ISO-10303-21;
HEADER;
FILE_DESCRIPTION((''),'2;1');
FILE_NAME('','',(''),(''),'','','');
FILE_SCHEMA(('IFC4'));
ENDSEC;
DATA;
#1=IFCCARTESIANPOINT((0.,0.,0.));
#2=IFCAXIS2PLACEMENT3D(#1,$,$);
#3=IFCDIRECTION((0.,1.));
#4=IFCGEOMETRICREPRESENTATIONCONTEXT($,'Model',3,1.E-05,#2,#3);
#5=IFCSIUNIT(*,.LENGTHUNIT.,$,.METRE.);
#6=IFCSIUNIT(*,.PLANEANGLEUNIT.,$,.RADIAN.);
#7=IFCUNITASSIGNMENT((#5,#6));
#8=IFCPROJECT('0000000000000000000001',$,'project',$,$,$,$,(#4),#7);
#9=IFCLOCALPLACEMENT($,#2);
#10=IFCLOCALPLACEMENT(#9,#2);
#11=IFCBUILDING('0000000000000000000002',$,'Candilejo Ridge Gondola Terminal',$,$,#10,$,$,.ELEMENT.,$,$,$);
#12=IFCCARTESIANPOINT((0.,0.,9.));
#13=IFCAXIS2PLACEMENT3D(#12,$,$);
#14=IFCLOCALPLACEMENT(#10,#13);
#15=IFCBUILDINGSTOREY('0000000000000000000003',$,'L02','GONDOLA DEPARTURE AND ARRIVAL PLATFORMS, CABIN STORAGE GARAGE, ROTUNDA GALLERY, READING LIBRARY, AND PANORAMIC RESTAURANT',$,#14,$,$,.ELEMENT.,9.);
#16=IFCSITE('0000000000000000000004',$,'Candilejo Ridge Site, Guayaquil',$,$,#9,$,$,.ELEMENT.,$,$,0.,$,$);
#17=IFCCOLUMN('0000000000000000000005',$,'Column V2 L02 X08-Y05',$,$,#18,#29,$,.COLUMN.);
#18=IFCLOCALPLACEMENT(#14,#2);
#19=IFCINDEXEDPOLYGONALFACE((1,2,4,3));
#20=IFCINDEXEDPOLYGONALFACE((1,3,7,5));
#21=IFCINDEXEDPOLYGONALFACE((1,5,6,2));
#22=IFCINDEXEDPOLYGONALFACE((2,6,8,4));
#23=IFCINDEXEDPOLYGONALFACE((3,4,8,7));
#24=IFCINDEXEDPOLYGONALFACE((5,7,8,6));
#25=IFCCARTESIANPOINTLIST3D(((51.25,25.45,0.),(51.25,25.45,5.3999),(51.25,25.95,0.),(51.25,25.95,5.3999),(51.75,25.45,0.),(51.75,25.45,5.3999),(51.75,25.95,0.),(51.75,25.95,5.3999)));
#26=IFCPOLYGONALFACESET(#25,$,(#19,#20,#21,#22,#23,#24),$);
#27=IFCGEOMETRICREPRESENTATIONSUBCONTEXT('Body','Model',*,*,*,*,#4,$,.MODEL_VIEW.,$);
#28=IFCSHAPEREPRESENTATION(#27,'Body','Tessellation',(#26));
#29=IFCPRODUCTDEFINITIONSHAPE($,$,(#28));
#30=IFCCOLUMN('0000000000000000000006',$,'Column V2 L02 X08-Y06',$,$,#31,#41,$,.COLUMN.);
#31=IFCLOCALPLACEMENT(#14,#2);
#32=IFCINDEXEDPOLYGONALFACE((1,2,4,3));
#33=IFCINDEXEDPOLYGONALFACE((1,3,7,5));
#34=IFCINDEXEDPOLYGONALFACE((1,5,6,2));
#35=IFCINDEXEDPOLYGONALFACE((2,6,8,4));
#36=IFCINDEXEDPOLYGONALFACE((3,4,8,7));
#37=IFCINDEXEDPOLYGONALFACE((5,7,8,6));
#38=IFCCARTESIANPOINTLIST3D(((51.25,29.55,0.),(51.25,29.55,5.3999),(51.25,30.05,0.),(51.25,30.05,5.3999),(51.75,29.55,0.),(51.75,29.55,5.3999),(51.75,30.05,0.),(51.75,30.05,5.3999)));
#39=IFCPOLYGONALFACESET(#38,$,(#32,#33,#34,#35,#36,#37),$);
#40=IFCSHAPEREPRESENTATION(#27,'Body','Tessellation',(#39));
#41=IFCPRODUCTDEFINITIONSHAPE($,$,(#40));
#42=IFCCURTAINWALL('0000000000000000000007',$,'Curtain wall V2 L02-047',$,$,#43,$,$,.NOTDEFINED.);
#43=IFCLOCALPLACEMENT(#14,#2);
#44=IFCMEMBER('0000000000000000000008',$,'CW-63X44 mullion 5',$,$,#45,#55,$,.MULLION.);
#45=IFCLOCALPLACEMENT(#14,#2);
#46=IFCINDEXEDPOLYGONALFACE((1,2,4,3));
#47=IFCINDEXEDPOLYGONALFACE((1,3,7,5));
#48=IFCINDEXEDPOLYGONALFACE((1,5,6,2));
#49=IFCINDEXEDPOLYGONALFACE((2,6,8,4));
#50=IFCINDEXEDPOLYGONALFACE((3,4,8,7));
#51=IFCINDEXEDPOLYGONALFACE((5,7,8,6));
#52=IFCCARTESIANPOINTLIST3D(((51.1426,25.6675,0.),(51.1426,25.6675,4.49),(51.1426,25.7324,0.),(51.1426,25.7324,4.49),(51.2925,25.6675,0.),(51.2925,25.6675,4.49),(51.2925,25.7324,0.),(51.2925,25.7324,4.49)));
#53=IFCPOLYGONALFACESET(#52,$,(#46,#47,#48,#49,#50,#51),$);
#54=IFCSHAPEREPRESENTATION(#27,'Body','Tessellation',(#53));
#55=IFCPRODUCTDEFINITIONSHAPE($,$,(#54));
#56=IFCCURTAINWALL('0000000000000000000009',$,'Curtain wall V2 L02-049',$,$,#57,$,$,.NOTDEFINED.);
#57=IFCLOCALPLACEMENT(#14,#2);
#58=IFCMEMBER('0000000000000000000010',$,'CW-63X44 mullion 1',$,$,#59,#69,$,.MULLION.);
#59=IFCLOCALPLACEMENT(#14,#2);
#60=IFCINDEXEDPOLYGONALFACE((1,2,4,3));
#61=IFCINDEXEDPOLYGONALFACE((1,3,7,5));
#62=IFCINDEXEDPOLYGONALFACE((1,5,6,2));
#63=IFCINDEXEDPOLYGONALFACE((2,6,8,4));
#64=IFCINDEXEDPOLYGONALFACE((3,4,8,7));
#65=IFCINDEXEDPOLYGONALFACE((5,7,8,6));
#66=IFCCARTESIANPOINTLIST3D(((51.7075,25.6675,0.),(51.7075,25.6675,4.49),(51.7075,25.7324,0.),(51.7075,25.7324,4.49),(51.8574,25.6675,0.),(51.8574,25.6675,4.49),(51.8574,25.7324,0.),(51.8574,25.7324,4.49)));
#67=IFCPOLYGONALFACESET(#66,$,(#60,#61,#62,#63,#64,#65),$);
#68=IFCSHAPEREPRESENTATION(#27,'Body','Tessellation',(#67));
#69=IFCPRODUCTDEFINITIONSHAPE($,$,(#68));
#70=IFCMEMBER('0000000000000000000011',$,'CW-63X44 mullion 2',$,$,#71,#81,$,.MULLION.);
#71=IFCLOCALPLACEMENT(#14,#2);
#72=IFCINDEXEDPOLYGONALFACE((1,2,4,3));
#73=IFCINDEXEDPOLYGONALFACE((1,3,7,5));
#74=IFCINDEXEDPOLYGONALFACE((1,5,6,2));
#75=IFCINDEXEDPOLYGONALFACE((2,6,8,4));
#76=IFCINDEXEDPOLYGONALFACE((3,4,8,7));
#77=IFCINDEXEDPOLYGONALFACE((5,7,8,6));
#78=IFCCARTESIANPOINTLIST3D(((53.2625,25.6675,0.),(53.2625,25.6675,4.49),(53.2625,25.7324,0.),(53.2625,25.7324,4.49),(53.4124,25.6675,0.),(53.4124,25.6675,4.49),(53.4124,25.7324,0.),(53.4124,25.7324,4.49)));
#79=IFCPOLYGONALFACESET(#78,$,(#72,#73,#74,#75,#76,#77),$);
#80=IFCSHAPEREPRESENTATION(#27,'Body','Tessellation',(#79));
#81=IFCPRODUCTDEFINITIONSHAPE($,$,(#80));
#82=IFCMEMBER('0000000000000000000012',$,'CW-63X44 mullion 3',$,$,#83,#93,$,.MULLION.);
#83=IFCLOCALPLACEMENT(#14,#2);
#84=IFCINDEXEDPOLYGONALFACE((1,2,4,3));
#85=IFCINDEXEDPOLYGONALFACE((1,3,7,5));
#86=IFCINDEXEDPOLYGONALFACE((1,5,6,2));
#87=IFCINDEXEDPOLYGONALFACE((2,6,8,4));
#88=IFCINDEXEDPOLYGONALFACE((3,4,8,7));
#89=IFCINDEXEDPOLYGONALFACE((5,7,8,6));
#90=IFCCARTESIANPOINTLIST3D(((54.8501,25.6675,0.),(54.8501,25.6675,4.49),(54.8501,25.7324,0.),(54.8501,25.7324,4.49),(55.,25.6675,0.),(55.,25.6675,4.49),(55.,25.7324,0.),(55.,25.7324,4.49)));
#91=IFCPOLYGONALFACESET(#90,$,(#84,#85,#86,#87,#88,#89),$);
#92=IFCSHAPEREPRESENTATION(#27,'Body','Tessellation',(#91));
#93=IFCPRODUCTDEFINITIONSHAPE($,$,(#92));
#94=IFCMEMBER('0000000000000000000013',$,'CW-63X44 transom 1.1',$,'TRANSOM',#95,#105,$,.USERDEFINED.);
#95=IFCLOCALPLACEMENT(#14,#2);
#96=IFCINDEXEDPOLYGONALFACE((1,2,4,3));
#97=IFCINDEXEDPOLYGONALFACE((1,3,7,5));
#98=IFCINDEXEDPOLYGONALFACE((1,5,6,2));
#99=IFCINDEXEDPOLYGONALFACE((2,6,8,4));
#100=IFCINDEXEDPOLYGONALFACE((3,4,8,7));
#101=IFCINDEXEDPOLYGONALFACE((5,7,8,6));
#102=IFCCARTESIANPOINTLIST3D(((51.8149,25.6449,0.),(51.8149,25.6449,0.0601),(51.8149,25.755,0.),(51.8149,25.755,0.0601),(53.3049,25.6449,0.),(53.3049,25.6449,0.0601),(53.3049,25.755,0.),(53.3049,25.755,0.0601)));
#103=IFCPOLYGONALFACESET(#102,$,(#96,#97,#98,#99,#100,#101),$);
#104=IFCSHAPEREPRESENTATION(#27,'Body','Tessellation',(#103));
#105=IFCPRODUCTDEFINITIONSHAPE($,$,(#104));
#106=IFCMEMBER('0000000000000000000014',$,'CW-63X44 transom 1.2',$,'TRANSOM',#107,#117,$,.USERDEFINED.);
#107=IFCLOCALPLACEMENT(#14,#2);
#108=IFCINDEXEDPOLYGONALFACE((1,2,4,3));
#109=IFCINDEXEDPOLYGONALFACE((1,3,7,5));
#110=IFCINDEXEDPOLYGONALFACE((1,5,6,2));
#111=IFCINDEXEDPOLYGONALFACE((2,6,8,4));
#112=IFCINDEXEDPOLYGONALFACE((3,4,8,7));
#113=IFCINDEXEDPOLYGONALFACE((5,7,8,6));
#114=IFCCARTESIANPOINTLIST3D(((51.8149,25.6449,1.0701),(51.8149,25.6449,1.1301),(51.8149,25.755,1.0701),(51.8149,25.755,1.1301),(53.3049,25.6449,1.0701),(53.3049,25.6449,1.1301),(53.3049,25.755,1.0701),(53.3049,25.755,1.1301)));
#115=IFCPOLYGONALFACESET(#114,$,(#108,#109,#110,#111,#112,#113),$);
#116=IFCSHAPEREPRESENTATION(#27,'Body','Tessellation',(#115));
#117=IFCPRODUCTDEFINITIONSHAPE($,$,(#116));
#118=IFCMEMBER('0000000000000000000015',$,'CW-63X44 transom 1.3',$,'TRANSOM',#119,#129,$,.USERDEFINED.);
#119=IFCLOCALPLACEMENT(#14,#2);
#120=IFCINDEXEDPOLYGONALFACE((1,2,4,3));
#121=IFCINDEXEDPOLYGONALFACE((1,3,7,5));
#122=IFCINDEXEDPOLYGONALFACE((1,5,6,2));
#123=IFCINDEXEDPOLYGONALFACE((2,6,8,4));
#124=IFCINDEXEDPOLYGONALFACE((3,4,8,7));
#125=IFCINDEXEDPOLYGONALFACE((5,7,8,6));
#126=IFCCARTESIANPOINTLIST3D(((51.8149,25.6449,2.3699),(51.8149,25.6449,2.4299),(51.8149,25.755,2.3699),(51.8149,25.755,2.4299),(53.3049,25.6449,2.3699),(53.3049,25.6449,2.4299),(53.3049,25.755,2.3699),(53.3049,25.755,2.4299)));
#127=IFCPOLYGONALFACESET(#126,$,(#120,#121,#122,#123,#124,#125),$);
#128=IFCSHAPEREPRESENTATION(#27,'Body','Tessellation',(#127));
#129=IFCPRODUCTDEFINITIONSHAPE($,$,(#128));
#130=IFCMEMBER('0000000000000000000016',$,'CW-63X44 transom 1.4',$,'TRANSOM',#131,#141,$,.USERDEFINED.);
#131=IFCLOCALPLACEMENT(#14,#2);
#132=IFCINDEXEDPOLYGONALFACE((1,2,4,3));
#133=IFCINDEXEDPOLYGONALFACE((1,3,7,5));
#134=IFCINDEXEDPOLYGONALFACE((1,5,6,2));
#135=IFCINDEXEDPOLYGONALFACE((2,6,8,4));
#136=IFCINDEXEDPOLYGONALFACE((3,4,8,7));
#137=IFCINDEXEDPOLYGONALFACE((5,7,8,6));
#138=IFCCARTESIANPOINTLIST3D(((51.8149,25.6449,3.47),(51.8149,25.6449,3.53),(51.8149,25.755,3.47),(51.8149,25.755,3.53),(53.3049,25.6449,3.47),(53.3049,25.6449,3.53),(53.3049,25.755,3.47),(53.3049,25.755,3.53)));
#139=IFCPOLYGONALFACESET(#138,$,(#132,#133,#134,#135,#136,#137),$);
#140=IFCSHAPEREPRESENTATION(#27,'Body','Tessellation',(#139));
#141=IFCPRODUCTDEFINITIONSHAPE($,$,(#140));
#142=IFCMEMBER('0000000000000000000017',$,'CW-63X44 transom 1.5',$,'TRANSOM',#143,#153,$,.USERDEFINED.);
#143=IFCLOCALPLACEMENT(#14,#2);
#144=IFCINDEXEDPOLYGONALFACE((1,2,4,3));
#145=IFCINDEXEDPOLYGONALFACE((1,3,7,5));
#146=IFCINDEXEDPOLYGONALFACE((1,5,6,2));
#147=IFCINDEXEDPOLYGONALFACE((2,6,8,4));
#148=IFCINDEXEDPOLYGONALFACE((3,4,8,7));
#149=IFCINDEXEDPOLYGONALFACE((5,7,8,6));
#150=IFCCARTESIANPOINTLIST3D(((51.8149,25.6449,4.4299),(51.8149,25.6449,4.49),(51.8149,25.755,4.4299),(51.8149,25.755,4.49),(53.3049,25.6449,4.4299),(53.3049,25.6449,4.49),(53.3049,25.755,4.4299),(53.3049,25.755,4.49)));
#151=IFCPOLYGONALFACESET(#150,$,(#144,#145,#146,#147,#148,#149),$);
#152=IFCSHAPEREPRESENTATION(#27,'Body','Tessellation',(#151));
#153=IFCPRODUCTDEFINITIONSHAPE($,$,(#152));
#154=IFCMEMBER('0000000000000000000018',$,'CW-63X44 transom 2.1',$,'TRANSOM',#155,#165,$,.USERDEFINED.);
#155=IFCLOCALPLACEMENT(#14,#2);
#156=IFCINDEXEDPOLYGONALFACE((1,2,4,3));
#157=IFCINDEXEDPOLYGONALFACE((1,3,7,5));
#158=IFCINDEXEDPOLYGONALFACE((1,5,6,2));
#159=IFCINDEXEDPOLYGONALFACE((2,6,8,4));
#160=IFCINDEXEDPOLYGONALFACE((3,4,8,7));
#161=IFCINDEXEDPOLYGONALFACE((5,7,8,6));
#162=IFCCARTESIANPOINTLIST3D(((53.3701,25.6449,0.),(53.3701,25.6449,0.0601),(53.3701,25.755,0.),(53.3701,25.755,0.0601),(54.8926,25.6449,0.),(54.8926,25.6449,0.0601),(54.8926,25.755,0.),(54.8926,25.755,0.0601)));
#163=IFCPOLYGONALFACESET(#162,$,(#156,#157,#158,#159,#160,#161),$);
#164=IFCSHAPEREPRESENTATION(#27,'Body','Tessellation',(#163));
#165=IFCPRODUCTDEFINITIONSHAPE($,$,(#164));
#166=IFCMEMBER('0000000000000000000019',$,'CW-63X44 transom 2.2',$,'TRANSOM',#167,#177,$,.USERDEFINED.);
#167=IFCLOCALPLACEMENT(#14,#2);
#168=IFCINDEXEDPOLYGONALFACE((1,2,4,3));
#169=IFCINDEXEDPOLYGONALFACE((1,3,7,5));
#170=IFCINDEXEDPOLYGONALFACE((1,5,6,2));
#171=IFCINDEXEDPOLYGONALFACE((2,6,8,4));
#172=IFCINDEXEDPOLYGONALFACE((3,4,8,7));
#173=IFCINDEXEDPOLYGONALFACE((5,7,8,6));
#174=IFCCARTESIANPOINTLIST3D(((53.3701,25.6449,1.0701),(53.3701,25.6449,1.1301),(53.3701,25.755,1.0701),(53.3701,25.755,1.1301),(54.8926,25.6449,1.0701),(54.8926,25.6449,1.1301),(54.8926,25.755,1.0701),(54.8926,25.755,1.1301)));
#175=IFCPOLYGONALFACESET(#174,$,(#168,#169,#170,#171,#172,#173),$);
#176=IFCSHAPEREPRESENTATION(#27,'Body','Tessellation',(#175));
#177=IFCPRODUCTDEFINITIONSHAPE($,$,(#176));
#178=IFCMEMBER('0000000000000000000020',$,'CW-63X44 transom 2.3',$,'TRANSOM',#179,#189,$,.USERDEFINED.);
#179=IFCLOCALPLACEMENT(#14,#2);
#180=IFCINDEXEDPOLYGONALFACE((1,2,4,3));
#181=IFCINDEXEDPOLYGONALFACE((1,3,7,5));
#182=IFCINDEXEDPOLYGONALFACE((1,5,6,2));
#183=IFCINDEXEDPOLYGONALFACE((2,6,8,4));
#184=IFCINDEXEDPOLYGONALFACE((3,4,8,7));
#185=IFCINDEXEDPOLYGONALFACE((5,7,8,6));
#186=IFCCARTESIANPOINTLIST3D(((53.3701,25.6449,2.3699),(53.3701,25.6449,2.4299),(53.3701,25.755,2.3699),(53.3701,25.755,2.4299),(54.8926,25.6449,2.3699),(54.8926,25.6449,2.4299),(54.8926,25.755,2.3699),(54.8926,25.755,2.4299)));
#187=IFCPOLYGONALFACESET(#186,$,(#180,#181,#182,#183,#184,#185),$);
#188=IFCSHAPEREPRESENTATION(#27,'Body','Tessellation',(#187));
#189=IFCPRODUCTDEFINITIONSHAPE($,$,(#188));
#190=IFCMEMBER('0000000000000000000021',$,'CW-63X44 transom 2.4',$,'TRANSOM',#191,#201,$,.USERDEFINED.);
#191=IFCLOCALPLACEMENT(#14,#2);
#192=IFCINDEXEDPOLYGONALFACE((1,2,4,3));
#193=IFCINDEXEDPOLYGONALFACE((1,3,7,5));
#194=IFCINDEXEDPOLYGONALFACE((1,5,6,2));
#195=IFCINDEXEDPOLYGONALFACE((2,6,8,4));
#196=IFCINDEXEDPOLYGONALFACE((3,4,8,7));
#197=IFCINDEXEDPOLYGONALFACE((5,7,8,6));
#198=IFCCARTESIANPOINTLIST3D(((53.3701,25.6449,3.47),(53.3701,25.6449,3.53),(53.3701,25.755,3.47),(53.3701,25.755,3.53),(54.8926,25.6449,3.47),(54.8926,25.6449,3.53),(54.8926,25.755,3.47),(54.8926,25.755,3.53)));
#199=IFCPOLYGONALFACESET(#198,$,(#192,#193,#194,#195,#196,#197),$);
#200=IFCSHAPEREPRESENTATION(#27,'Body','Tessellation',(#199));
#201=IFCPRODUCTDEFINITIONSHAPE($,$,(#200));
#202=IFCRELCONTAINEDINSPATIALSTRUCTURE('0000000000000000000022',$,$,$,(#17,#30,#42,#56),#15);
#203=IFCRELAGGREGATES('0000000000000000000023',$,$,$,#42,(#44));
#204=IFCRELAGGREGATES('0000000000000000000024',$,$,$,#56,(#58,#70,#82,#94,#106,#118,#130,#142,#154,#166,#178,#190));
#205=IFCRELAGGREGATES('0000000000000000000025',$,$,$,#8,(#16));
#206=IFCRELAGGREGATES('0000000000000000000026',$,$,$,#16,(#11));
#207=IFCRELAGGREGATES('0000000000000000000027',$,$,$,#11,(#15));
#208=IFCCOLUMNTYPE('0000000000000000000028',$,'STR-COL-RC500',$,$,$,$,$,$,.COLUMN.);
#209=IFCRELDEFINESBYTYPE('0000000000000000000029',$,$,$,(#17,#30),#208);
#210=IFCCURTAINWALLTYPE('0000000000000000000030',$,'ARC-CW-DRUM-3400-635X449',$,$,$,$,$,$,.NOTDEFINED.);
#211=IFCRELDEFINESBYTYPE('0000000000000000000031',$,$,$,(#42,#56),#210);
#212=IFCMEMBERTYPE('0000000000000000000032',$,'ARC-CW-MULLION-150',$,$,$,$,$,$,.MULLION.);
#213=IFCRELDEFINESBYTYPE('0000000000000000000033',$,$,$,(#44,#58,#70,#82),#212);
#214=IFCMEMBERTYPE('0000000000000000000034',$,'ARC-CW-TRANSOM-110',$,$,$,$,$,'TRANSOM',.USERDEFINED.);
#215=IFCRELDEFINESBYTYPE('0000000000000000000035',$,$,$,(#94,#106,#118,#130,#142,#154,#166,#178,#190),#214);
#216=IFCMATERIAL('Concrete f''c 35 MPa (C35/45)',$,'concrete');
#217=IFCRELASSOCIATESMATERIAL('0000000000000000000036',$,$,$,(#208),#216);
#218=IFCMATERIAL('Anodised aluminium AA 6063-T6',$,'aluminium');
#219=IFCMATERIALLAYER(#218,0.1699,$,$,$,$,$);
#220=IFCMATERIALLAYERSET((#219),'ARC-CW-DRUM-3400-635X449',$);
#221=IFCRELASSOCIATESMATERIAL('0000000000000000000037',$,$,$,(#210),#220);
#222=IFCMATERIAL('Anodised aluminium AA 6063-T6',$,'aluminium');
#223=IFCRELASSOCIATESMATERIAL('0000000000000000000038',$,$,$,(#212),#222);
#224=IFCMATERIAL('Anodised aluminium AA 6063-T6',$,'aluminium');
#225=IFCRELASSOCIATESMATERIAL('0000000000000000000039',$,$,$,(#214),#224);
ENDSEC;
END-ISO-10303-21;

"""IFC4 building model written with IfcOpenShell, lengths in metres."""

from ifc_helpers import new_model, si_unit, direction, frame, origin, origin_2d, place, context, subcontext, project, spatial, rectangle, extrude, material, layer, layer_set, material_profile, profile_set, type_object, element, aggregate, save


model = new_model("IFC4")

# Units and contexts
model_context = context("Model", 3, precision=1e-05, world=origin(), true_north=direction((0.0, 1.0)))
body_context = subcontext(model_context, "Body", "Model", "MODEL_VIEW")
ifc_project = project(units=[si_unit("LENGTHUNIT", "METRE"), si_unit("PLANEANGLEUNIT", "RADIAN")], contexts=[model_context])

# Site, building, storey
site_placement = place(None, origin())
site = spatial("IfcSite", under=ifc_project, at=site_placement, Name="Candilejo Ridge Site, Guayaquil", CompositionType="ELEMENT", RefElevation=0.0)
building_placement = place(site_placement, origin())
building = spatial("IfcBuilding", under=site, at=building_placement, Name="Candilejo Ridge Gondola Terminal", CompositionType="ELEMENT")
storey_placement = place(building_placement, frame((0.0, 0.0, 9.0)))
storey = spatial("IfcBuildingStorey", under=building, at=storey_placement, Name="L02", Description="GONDOLA DEPARTURE AND ARRIVAL PLATFORMS, CABIN STORAGE GARAGE, ROTUNDA GALLERY, READING LIBRARY, AND PANORAMIC RESTAURANT", CompositionType="ELEMENT", Elevation=9.0)

# Columns
ifc_material_1 = material(Name="Concrete f'c 35 MPa (C35/45)", Category="concrete")
ifc_material_profile_1 = material_profile(ifc_material_1, rectangle(XDim=0.5, YDim=0.5, at=origin_2d()))
ifc_profile_set_1 = profile_set([ifc_material_profile_1], Name="Concrete f'c 35 MPa (C35/45)")
column_type = type_object("IfcColumnType", Name="STR-COL-RC500", PredefinedType="COLUMN", material=ifc_profile_set_1)
for number, where, z_axis, x_axis, name in (
    (1, (51.5, 25.7, 0.0), (0.0, 0.0, 1.0), (1.0, 0.0, 0.0), "Column V2 L02 X08-Y05"),
    (2, (51.5, 29.8, 0.0), (0.0, 0.0, 1.0), (1.0, 0.0, 0.0), "Column V2 L02 X08-Y06"),
):
    element("IfcColumn", number, at=place(storey_placement, frame(where, z_axis=z_axis, x_axis=x_axis)), inside=storey, type_object=column_type, Name=name, PredefinedType="COLUMN", context=body_context, shape_type="SweptSolid", body=[
        extrude(rectangle(XDim=0.5, YDim=0.5, at=origin_2d()), origin(), (0.0, 0.0, 1.0), 5.3999),
    ])

# Curtain wall, member
ifc_material_2 = material(Name="Anodised aluminium AA 6063-T6", Category="aluminium")
ifc_layer_1 = layer(ifc_material_2, 0.1699)
ifc_layer_set_1 = layer_set([ifc_layer_1], Name="ARC-CW-DRUM-3400-635X449")
curtain_wall_type = type_object("IfcCurtainWallType", Name="ARC-CW-DRUM-3400-635X449", PredefinedType="NOTDEFINED", material=ifc_layer_set_1)
curtain_wall_1_placement = place(storey_placement, origin())
curtain_wall_1 = element("IfcCurtainWall", 3, at=curtain_wall_1_placement, inside=storey, type_object=curtain_wall_type, Name="Curtain wall V2 L02-047", PredefinedType="NOTDEFINED")
ifc_material_3 = material(Name="Anodised aluminium AA 6063-T6", Category="aluminium")
ifc_material_profile_2 = material_profile(ifc_material_3, rectangle(XDim=0.0649, YDim=0.1499, at=origin_2d()))
ifc_profile_set_2 = profile_set([ifc_material_profile_2], Name="Anodised aluminium AA 6063-T6")
member_type_1 = type_object("IfcMemberType", Name="ARC-CW-MULLION-150", PredefinedType="MULLION", material=ifc_profile_set_2)
member_1_placement = place(storey_placement, frame((51.2175, 25.7, 0.0), z_axis=(0.0, 0.0, 1.0), x_axis=(0.0, 1.0, 0.0)))
member_1 = element("IfcMember", 4, at=member_1_placement, type_object=member_type_1, Name="CW-63X44 mullion 5", PredefinedType="MULLION", context=body_context, shape_type="SweptSolid", body=[
    extrude(rectangle(XDim=0.0649, YDim=0.1499, at=origin_2d()), origin(), (0.0, 0.0, 1.0), 4.49),
])
aggregate(curtain_wall_1, [member_1])

# Curtain wall, members
curtain_wall_2_placement = place(storey_placement, origin())
curtain_wall_2 = element("IfcCurtainWall", 5, at=curtain_wall_2_placement, inside=storey, type_object=curtain_wall_type, Name="Curtain wall V2 L02-049", PredefinedType="NOTDEFINED")
member_2_placement = place(storey_placement, frame((51.7825, 25.7, 0.0), z_axis=(0.0, 0.0, 1.0), x_axis=(0.0, 1.0, 0.0)))
member_2 = element("IfcMember", 6, at=member_2_placement, type_object=member_type_1, Name="CW-63X44 mullion 1", PredefinedType="MULLION", context=body_context, shape_type="SweptSolid", body=[
    extrude(rectangle(XDim=0.0649, YDim=0.1499, at=origin_2d()), origin(), (0.0, 0.0, 1.0), 4.49),
])
member_3_placement = place(storey_placement, frame((53.3374, 25.7, 0.0), z_axis=(0.0, 0.0, 1.0), x_axis=(0.0, 1.0, 0.0)))
member_3 = element("IfcMember", 7, at=member_3_placement, type_object=member_type_1, Name="CW-63X44 mullion 2", PredefinedType="MULLION", context=body_context, shape_type="SweptSolid", body=[
    extrude(rectangle(XDim=0.0649, YDim=0.1499, at=origin_2d()), origin(), (0.0, 0.0, 1.0), 4.49),
])
member_4_placement = place(storey_placement, frame((54.925, 25.7, 0.0), z_axis=(0.0, 0.0, 1.0), x_axis=(0.0, 1.0, 0.0)))
member_4 = element("IfcMember", 8, at=member_4_placement, type_object=member_type_1, Name="CW-63X44 mullion 3", PredefinedType="MULLION", context=body_context, shape_type="SweptSolid", body=[
    extrude(rectangle(XDim=0.0649, YDim=0.1499, at=origin_2d()), origin(), (0.0, 0.0, 1.0), 4.49),
])
ifc_material_4 = material(Name="Anodised aluminium AA 6063-T6", Category="aluminium")
ifc_material_profile_3 = material_profile(ifc_material_4, rectangle(XDim=0.1101, YDim=0.0601, at=origin_2d()))
ifc_profile_set_3 = profile_set([ifc_material_profile_3], Name="Anodised aluminium AA 6063-T6")
member_type_2 = type_object("IfcMemberType", Name="ARC-CW-TRANSOM-110", ElementType="TRANSOM", PredefinedType="USERDEFINED", material=ifc_profile_set_3)
member_5_placement = place(storey_placement, frame((51.8149, 25.7, 0.03), z_axis=(1.0, 0.0, 0.0), x_axis=(0.0, 1.0, 0.0)))
member_5 = element("IfcMember", 9, at=member_5_placement, type_object=member_type_2, Name="CW-63X44 transom 1.1", ObjectType="TRANSOM", PredefinedType="USERDEFINED", context=body_context, shape_type="SweptSolid", body=[
    extrude(rectangle(XDim=0.1101, YDim=0.0601, at=origin_2d()), origin(), (0.0, 0.0, 1.0), 1.49),
])
member_6_placement = place(storey_placement, frame((51.8149, 25.7, 1.1001), z_axis=(1.0, 0.0, 0.0), x_axis=(0.0, 1.0, 0.0)))
member_6 = element("IfcMember", 10, at=member_6_placement, type_object=member_type_2, Name="CW-63X44 transom 1.2", ObjectType="TRANSOM", PredefinedType="USERDEFINED", context=body_context, shape_type="SweptSolid", body=[
    extrude(rectangle(XDim=0.1101, YDim=0.0601, at=origin_2d()), origin(), (0.0, 0.0, 1.0), 1.49),
])
member_7_placement = place(storey_placement, frame((51.8149, 25.7, 2.3999), z_axis=(1.0, 0.0, 0.0), x_axis=(0.0, 1.0, 0.0)))
member_7 = element("IfcMember", 11, at=member_7_placement, type_object=member_type_2, Name="CW-63X44 transom 1.3", ObjectType="TRANSOM", PredefinedType="USERDEFINED", context=body_context, shape_type="SweptSolid", body=[
    extrude(rectangle(XDim=0.1101, YDim=0.0601, at=origin_2d()), origin(), (0.0, 0.0, 1.0), 1.49),
])
member_8_placement = place(storey_placement, frame((51.8149, 25.7, 3.5), z_axis=(1.0, 0.0, 0.0), x_axis=(0.0, 1.0, 0.0)))
member_8 = element("IfcMember", 12, at=member_8_placement, type_object=member_type_2, Name="CW-63X44 transom 1.4", ObjectType="TRANSOM", PredefinedType="USERDEFINED", context=body_context, shape_type="SweptSolid", body=[
    extrude(rectangle(XDim=0.1101, YDim=0.0601, at=origin_2d()), origin(), (0.0, 0.0, 1.0), 1.49),
])
member_9_placement = place(storey_placement, frame((51.8149, 25.7, 4.46), z_axis=(1.0, 0.0, 0.0), x_axis=(0.0, 1.0, 0.0)))
member_9 = element("IfcMember", 13, at=member_9_placement, type_object=member_type_2, Name="CW-63X44 transom 1.5", ObjectType="TRANSOM", PredefinedType="USERDEFINED", context=body_context, shape_type="SweptSolid", body=[
    extrude(rectangle(XDim=0.1101, YDim=0.0601, at=origin_2d()), origin(), (0.0, 0.0, 1.0), 1.49),
])
member_10_placement = place(storey_placement, frame((53.3701, 25.7, 0.03), z_axis=(1.0, 0.0, 0.0), x_axis=(0.0, 1.0, 0.0)))
member_10 = element("IfcMember", 14, at=member_10_placement, type_object=member_type_2, Name="CW-63X44 transom 2.1", ObjectType="TRANSOM", PredefinedType="USERDEFINED", context=body_context, shape_type="SweptSolid", body=[
    extrude(rectangle(XDim=0.1101, YDim=0.0601, at=origin_2d()), origin(), (0.0, 0.0, 1.0), 1.5225),
])
member_11_placement = place(storey_placement, frame((53.3701, 25.7, 1.1001), z_axis=(1.0, 0.0, 0.0), x_axis=(0.0, 1.0, 0.0)))
member_11 = element("IfcMember", 15, at=member_11_placement, type_object=member_type_2, Name="CW-63X44 transom 2.2", ObjectType="TRANSOM", PredefinedType="USERDEFINED", context=body_context, shape_type="SweptSolid", body=[
    extrude(rectangle(XDim=0.1101, YDim=0.0601, at=origin_2d()), origin(), (0.0, 0.0, 1.0), 1.5225),
])
member_12_placement = place(storey_placement, frame((53.3701, 25.7, 2.3999), z_axis=(1.0, 0.0, 0.0), x_axis=(0.0, 1.0, 0.0)))
member_12 = element("IfcMember", 16, at=member_12_placement, type_object=member_type_2, Name="CW-63X44 transom 2.3", ObjectType="TRANSOM", PredefinedType="USERDEFINED", context=body_context, shape_type="SweptSolid", body=[
    extrude(rectangle(XDim=0.1101, YDim=0.0601, at=origin_2d()), origin(), (0.0, 0.0, 1.0), 1.5225),
])
member_13_placement = place(storey_placement, frame((53.3701, 25.7, 3.5), z_axis=(1.0, 0.0, 0.0), x_axis=(0.0, 1.0, 0.0)))
member_13 = element("IfcMember", 17, at=member_13_placement, type_object=member_type_2, Name="CW-63X44 transom 2.4", ObjectType="TRANSOM", PredefinedType="USERDEFINED", context=body_context, shape_type="SweptSolid", body=[
    extrude(rectangle(XDim=0.1101, YDim=0.0601, at=origin_2d()), origin(), (0.0, 0.0, 1.0), 1.5225),
])

aggregate(curtain_wall_2, [member_2, member_3, member_4, member_5, member_6, member_7, member_8, member_9, member_10, member_11, member_12, member_13])

save(model, "model.ifc")
